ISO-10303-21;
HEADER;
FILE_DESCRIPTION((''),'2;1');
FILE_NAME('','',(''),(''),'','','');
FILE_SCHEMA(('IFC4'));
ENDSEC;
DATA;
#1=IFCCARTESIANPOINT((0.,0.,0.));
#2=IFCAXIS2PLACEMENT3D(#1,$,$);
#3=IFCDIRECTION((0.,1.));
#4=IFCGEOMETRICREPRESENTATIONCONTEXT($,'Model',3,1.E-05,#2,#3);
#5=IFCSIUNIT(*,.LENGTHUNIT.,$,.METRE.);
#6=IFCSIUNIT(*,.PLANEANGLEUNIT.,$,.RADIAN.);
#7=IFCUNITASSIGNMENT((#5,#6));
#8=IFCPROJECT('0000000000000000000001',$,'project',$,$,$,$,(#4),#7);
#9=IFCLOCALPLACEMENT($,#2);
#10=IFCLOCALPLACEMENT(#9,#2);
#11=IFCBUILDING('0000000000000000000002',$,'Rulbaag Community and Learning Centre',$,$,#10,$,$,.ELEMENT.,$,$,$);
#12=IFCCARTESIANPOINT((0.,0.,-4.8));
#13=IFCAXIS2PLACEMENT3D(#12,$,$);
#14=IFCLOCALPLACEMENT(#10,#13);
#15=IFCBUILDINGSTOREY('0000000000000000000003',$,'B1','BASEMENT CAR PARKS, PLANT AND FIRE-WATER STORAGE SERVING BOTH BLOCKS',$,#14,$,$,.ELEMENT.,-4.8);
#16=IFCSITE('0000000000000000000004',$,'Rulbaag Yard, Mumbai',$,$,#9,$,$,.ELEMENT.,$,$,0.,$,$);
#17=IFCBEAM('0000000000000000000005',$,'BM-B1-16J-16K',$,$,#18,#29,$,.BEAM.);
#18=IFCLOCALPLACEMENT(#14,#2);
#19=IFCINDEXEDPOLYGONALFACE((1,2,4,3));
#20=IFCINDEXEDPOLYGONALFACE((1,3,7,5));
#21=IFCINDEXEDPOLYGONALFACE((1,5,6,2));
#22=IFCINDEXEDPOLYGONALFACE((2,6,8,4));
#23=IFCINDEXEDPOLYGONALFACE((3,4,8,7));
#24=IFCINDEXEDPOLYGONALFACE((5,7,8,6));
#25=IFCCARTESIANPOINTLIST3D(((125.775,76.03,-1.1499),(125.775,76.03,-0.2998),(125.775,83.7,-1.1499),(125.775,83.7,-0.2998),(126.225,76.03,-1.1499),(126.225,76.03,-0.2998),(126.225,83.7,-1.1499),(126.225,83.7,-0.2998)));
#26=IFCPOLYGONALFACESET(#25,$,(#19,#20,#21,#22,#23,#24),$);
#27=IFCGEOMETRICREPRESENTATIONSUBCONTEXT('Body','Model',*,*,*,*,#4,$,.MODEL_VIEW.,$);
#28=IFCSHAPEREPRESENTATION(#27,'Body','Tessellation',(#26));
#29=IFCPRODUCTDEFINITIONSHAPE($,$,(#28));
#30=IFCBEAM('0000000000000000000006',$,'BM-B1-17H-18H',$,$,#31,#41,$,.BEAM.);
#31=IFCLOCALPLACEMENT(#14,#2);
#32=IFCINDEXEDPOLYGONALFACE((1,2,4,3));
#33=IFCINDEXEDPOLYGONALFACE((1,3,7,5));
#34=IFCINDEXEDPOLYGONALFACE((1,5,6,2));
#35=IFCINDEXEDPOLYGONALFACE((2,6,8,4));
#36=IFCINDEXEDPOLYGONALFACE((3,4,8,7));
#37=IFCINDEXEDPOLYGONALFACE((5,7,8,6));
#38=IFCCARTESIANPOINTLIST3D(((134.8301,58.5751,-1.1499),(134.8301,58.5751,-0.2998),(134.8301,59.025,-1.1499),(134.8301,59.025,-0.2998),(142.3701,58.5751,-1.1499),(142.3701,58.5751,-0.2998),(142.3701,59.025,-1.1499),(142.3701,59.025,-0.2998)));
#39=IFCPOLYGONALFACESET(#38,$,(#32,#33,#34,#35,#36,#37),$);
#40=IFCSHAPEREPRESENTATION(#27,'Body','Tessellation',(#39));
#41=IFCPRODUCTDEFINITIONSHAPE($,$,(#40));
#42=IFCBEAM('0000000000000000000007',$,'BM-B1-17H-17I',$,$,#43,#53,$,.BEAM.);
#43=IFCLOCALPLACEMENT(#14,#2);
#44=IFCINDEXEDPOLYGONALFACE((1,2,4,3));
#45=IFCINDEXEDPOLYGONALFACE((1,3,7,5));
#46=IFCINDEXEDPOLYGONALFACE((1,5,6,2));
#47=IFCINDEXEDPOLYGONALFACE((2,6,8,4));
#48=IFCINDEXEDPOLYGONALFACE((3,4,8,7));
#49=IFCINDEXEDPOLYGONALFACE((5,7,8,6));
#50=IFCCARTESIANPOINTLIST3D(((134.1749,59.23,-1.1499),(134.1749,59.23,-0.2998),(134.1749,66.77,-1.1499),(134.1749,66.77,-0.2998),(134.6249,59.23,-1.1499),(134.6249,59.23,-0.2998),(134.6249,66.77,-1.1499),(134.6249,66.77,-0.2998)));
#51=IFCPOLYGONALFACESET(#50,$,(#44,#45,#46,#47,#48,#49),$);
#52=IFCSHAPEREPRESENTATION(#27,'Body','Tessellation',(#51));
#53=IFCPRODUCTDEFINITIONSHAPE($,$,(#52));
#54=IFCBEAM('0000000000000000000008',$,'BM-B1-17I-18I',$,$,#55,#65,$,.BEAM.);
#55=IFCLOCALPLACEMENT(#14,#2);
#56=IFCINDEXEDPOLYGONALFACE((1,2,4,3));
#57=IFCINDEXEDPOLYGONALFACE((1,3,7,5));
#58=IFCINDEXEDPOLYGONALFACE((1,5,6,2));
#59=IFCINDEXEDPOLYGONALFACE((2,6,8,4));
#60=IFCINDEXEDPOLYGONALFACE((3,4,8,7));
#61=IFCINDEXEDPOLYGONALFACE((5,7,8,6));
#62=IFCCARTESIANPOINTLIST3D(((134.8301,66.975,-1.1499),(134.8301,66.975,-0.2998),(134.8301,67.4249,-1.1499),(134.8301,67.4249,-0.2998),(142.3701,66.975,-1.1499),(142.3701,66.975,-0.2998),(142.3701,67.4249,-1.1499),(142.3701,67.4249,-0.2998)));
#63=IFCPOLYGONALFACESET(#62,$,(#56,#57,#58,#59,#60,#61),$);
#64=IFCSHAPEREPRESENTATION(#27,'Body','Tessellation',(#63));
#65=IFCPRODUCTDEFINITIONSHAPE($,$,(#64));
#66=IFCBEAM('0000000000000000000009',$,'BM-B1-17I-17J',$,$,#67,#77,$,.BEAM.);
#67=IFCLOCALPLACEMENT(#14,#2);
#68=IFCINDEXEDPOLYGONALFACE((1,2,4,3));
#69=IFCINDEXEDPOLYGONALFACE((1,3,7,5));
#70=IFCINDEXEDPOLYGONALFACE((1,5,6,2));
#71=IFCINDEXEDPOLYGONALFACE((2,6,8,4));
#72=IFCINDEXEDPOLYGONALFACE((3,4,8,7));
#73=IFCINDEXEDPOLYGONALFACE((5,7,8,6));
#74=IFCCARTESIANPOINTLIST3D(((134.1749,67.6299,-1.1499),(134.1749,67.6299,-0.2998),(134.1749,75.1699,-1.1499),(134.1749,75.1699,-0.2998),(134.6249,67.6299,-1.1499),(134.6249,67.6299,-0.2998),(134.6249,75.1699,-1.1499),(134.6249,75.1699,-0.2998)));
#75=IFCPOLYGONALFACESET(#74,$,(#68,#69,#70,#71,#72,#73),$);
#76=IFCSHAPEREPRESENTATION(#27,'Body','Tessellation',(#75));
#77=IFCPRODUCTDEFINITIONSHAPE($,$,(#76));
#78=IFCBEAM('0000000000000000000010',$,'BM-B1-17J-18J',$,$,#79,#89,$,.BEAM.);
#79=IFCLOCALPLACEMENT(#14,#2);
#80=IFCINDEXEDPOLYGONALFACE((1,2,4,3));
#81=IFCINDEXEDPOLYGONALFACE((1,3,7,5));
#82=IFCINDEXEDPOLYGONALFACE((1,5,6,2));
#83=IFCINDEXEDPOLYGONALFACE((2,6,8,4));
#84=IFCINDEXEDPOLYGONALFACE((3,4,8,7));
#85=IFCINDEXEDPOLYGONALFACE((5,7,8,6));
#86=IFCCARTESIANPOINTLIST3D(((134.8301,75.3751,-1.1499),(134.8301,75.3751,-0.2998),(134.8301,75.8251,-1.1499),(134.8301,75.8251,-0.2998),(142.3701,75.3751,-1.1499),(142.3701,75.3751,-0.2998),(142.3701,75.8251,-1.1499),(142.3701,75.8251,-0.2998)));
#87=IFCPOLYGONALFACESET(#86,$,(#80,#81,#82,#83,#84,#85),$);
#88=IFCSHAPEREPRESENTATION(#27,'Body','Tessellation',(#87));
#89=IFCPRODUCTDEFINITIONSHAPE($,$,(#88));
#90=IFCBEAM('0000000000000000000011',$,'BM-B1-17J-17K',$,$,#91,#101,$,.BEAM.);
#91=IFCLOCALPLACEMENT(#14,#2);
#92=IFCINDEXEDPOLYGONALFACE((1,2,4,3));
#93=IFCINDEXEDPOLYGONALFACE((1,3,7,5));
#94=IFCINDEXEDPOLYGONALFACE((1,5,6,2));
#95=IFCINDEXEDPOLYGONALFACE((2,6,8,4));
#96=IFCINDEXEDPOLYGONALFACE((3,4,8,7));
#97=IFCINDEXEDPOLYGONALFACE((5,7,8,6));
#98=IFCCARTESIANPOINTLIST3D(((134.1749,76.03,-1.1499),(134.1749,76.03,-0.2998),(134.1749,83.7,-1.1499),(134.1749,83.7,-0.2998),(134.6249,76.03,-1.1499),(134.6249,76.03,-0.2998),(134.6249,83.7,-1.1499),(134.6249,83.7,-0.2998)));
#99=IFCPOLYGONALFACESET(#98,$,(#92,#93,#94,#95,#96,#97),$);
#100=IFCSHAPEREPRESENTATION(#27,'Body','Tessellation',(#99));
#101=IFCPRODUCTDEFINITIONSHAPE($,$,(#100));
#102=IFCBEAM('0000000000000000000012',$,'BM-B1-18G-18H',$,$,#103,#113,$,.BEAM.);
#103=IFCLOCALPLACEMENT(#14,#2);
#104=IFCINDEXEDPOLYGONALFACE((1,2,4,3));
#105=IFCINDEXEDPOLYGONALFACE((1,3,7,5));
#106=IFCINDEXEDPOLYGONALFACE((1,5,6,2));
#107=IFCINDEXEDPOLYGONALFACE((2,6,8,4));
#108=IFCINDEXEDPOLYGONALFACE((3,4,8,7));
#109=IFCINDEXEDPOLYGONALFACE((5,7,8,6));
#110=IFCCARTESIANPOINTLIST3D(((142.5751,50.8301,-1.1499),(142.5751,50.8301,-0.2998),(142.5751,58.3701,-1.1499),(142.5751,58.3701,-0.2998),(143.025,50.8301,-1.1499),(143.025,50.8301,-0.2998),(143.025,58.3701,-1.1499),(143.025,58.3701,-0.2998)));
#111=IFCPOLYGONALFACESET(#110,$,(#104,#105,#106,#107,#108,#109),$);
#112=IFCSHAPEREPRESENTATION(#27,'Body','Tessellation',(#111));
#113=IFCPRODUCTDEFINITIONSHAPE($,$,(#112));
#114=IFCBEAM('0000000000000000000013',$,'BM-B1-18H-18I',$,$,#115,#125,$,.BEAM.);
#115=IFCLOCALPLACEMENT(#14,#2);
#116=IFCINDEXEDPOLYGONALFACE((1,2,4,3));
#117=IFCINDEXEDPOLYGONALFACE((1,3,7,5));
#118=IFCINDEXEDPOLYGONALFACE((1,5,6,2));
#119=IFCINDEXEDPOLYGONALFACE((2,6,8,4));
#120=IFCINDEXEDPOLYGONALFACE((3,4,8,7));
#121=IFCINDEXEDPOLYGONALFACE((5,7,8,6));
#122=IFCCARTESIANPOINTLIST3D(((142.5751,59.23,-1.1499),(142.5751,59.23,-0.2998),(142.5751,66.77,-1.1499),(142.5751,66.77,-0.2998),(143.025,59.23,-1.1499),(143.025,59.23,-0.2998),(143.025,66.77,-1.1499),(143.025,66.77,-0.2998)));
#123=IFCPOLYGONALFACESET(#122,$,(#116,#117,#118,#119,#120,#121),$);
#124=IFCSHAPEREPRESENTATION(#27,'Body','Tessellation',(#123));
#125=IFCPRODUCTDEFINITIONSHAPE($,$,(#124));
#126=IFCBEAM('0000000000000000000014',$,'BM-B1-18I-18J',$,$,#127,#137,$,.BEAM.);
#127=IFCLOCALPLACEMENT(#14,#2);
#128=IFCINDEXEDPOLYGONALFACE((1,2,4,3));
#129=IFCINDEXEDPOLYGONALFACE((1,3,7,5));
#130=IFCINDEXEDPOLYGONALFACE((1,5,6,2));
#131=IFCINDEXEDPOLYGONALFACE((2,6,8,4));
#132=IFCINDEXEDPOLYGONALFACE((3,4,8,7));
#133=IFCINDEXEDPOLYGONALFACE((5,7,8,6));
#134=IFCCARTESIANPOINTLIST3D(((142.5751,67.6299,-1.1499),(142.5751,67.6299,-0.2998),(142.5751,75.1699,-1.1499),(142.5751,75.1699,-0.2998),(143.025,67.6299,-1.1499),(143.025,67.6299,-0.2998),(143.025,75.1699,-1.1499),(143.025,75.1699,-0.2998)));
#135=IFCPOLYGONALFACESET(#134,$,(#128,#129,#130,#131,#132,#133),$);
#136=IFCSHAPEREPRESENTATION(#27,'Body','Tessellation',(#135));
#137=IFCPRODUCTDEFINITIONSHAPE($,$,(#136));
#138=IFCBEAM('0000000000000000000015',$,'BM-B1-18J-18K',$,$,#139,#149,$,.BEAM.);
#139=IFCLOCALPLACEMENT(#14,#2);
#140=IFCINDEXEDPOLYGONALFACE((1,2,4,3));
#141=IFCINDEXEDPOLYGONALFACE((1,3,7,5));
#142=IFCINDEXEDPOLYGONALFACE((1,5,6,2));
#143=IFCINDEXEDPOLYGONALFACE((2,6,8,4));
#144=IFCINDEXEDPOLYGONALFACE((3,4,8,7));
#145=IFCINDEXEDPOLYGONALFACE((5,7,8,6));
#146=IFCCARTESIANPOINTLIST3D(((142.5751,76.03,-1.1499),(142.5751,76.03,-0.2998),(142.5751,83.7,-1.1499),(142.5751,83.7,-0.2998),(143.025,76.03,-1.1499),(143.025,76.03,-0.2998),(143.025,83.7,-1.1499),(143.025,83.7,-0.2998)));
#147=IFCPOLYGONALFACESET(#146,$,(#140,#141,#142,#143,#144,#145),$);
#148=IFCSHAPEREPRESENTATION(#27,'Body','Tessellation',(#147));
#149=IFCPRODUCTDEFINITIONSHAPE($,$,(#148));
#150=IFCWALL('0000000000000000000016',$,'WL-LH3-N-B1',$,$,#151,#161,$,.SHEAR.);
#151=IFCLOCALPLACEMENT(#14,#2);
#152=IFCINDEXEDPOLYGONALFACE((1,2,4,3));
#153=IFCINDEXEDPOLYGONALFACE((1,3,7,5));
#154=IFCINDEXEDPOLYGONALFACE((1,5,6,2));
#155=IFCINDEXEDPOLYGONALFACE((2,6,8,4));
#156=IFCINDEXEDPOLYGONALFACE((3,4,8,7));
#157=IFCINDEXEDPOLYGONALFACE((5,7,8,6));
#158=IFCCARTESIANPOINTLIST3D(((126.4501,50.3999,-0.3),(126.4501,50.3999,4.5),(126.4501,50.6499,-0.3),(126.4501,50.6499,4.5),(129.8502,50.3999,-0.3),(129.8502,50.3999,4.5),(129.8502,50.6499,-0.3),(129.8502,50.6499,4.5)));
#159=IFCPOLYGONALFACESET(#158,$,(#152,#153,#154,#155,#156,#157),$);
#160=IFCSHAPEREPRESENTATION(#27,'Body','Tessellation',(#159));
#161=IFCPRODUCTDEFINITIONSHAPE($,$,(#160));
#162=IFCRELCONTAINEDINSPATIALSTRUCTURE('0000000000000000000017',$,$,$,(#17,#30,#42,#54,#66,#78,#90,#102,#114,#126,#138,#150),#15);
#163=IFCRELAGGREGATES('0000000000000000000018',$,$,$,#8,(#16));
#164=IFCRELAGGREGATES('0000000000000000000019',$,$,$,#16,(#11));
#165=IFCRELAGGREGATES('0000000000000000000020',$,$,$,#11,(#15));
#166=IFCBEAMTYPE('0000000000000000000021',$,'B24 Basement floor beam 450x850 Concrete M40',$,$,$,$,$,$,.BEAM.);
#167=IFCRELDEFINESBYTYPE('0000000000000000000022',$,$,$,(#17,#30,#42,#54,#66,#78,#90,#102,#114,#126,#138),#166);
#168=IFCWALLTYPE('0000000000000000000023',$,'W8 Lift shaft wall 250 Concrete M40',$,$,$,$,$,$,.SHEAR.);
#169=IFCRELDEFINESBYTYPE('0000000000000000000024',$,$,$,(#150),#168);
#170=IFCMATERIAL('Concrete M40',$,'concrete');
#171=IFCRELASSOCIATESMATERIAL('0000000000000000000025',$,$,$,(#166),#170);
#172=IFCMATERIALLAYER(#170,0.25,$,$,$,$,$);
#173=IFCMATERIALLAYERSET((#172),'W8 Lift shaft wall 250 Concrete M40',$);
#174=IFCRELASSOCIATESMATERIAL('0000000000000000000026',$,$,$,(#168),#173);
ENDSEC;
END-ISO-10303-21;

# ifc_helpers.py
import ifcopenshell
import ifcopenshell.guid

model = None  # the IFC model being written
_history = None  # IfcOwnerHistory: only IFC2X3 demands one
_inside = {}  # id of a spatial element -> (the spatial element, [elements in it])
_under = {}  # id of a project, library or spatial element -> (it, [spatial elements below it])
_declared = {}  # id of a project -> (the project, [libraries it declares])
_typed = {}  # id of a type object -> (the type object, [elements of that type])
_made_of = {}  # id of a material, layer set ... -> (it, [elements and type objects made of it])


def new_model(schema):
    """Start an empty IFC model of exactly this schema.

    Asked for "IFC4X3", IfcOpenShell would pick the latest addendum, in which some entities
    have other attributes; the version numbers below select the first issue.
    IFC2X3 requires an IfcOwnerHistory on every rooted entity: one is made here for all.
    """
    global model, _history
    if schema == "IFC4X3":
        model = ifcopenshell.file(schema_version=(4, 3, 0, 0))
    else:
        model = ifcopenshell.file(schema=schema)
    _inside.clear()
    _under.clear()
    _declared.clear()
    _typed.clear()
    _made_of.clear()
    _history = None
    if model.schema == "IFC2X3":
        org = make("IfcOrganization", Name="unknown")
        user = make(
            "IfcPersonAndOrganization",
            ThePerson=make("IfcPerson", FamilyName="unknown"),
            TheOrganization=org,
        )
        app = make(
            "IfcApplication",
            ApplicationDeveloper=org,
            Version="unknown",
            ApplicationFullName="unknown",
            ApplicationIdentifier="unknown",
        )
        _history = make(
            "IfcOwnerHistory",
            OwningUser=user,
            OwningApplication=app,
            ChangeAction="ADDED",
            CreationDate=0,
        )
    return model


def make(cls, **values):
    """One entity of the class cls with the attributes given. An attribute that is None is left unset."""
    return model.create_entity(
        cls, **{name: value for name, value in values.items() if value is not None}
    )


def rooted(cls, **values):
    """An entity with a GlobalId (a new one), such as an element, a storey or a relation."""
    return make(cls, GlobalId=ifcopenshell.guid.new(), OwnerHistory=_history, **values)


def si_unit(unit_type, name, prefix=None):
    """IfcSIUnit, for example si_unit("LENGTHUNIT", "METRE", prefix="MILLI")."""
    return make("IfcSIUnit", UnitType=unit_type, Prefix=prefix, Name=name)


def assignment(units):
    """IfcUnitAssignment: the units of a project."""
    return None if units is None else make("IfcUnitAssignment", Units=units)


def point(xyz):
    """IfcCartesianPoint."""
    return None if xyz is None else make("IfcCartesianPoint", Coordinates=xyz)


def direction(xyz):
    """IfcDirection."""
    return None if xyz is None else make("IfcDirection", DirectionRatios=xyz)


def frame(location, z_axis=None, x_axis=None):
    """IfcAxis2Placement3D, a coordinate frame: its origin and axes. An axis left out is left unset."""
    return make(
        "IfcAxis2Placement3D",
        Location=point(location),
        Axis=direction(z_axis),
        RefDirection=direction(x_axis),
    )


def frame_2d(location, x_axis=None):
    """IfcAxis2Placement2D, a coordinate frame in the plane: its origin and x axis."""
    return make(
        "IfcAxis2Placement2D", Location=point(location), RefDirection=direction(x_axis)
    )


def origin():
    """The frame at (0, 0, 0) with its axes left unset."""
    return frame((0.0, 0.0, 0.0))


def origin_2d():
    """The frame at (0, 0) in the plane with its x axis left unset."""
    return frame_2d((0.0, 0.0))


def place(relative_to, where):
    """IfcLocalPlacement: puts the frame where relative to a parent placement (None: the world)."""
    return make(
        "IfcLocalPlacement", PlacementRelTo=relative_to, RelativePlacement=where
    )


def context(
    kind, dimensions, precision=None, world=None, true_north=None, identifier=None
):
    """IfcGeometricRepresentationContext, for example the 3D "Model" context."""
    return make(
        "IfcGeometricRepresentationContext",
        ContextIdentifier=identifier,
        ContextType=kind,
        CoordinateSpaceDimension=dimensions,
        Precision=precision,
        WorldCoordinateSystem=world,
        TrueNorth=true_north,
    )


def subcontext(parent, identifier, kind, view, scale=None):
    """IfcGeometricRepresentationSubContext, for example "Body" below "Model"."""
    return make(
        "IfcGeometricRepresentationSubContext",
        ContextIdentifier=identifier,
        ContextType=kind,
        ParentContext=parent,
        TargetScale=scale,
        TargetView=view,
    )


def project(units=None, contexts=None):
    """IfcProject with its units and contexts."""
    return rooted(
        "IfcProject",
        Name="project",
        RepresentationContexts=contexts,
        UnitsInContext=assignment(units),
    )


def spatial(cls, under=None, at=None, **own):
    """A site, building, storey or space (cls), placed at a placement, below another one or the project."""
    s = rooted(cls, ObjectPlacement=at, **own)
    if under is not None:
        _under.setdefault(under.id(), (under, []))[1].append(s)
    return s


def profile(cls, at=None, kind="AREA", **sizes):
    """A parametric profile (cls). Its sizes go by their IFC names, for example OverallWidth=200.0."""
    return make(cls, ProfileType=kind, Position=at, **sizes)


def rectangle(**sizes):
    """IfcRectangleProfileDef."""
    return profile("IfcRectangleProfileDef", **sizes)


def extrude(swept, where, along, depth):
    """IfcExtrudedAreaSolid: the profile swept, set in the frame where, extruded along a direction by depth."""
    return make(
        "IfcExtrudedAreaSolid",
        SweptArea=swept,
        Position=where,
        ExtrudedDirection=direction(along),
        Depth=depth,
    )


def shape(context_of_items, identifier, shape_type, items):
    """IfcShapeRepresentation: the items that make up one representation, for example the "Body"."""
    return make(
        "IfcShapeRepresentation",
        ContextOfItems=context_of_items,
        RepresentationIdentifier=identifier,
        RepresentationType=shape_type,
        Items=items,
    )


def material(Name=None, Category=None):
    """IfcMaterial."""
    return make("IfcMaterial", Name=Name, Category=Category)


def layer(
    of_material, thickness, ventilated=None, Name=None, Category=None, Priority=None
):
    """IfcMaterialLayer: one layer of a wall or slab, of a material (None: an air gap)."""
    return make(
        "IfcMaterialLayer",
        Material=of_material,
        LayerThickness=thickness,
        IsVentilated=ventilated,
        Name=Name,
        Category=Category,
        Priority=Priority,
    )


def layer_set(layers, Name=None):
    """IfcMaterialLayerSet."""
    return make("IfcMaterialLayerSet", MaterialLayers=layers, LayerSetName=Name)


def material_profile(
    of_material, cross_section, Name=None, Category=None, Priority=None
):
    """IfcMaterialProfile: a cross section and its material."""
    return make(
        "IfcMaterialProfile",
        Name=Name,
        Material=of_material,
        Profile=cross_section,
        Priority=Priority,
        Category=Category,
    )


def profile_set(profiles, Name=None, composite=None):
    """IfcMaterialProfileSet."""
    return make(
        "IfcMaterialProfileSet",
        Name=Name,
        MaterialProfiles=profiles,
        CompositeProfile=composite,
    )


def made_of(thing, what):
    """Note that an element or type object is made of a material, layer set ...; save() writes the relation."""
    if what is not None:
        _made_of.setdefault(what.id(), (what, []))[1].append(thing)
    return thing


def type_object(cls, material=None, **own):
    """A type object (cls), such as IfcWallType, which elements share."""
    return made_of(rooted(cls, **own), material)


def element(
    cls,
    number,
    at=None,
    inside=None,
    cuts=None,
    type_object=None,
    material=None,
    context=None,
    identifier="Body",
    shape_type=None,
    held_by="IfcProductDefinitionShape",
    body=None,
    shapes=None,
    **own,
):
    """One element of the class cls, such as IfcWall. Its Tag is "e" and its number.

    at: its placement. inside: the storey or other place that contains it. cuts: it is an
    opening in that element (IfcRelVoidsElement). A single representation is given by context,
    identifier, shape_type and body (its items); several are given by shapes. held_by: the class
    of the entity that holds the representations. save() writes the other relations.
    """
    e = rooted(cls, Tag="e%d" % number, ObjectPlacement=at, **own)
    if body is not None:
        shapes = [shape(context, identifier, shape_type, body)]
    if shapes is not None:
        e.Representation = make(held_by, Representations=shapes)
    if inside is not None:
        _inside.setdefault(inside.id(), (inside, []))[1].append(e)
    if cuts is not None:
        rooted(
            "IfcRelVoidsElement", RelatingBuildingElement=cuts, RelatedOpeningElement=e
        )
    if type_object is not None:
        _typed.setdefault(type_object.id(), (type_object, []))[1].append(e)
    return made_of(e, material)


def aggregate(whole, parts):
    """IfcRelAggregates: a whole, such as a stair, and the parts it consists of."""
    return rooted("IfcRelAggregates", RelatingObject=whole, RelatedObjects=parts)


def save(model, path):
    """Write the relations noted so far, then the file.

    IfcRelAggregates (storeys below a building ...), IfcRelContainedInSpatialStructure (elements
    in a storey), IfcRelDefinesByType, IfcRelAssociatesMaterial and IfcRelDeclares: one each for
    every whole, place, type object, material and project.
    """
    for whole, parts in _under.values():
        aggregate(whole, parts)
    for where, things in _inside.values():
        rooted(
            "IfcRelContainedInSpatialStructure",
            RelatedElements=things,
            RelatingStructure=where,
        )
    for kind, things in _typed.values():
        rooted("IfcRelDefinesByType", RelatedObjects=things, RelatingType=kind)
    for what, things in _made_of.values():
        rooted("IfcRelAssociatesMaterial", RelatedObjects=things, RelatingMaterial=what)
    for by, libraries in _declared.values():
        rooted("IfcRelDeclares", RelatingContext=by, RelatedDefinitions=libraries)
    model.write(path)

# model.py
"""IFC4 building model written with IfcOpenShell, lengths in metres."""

from ifc_helpers import new_model, si_unit, direction, frame, frame_2d, origin, origin_2d, place, context, subcontext, project, spatial, rectangle, extrude, material, layer, layer_set, material_profile, profile_set, type_object, element, save


model = new_model("IFC4")

# Units and contexts
model_context = context("Model", 3, precision=1e-05, world=origin(), true_north=direction((0.0, 1.0)))
body_context = subcontext(model_context, "Body", "Model", "MODEL_VIEW")
ifc_project = project(units=[si_unit("LENGTHUNIT", "METRE"), si_unit("PLANEANGLEUNIT", "RADIAN")], contexts=[model_context])

# Site, building, storey
site_placement = place(None, origin())
site = spatial("IfcSite", under=ifc_project, at=site_placement, Name="Rulbaag Yard, Mumbai", CompositionType="ELEMENT", RefElevation=0.0)
building_placement = place(site_placement, origin())
building = spatial("IfcBuilding", under=site, at=building_placement, Name="Rulbaag Community and Learning Centre", CompositionType="ELEMENT")
storey_placement = place(building_placement, frame((0.0, 0.0, -4.8)))
storey = spatial("IfcBuildingStorey", under=building, at=storey_placement, Name="B1", Description="BASEMENT CAR PARKS, PLANT AND FIRE-WATER STORAGE SERVING BOTH BLOCKS", CompositionType="ELEMENT", Elevation=-4.8)

# Beams
ifc_material_1 = material(Name="Concrete M40", Category="concrete")
ifc_material_profile_1 = material_profile(ifc_material_1, rectangle(XDim=0.45, YDim=0.8501, at=origin_2d()), Name="RB450x850")
ifc_profile_set_1 = profile_set([ifc_material_profile_1], Name="Concrete M40")
beam_type = type_object("IfcBeamType", Name="B24 Basement floor beam 450x850 Concrete M40", PredefinedType="BEAM", material=ifc_profile_set_1)
beam_1_placement = place(storey_placement, frame((126.0, 76.03, -0.7249), z_axis=(0.0, 1.0, 0.0), x_axis=(-1.0, 0.0, 0.0)))
element("IfcBeam", 1, at=beam_1_placement, inside=storey, type_object=beam_type, Name="BM-B1-16J-16K", PredefinedType="BEAM", context=body_context, shape_type="SweptSolid", body=[
    extrude(rectangle(XDim=0.45, YDim=0.8501, at=origin_2d()), origin(), (0.0, 0.0, 1.0), 7.6699),
])
for number, where, z_axis, x_axis, name in (
    (2, (134.8301, 58.8, -0.7249), (1.0, 0.0, 0.0), (0.0, 1.0, 0.0), "BM-B1-17H-18H"),
    (3, (134.3999, 59.23, -0.7249), (0.0, 1.0, 0.0), (-1.0, 0.0, 0.0), "BM-B1-17H-17I"),
    (4, (134.8301, 67.2, -0.7249), (1.0, 0.0, 0.0), (0.0, 1.0, 0.0), "BM-B1-17I-18I"),
    (5, (134.3999, 67.6299, -0.7249), (0.0, 1.0, 0.0), (-1.0, 0.0, 0.0), "BM-B1-17I-17J"),
    (6, (134.8301, 75.6001, -0.7249), (1.0, 0.0, 0.0), (0.0, 1.0, 0.0), "BM-B1-17J-18J"),
):
    element("IfcBeam", number, at=place(storey_placement, frame(where, z_axis=z_axis, x_axis=x_axis)), inside=storey, type_object=beam_type, Name=name, PredefinedType="BEAM", context=body_context, shape_type="SweptSolid", body=[
        extrude(rectangle(XDim=0.45, YDim=0.8501, at=origin_2d()), origin(), (0.0, 0.0, 1.0), 7.54),
    ])
beam_2_placement = place(storey_placement, frame((134.3999, 76.03, -0.7249), z_axis=(0.0, 1.0, 0.0), x_axis=(-1.0, 0.0, 0.0)))
element("IfcBeam", 7, at=beam_2_placement, inside=storey, type_object=beam_type, Name="BM-B1-17J-17K", PredefinedType="BEAM", context=body_context, shape_type="SweptSolid", body=[
    extrude(rectangle(XDim=0.45, YDim=0.8501, at=origin_2d()), origin(), (0.0, 0.0, 1.0), 7.6699),
])
for number, where, z_axis, x_axis, name in (
    (8, (142.8, 50.8301, -0.7249), (0.0, 1.0, 0.0), (-1.0, 0.0, 0.0), "BM-B1-18G-18H"),
    (9, (142.8, 59.23, -0.7249), (0.0, 1.0, 0.0), (-1.0, 0.0, 0.0), "BM-B1-18H-18I"),
    (10, (142.8, 67.6299, -0.7249), (0.0, 1.0, 0.0), (-1.0, 0.0, 0.0), "BM-B1-18I-18J"),
):
    element("IfcBeam", number, at=place(storey_placement, frame(where, z_axis=z_axis, x_axis=x_axis)), inside=storey, type_object=beam_type, Name=name, PredefinedType="BEAM", context=body_context, shape_type="SweptSolid", body=[
        extrude(rectangle(XDim=0.45, YDim=0.8501, at=origin_2d()), origin(), (0.0, 0.0, 1.0), 7.54),
    ])
beam_3_placement = place(storey_placement, frame((142.8, 76.03, -0.7249), z_axis=(0.0, 1.0, 0.0), x_axis=(-1.0, 0.0, 0.0)))
element("IfcBeam", 11, at=beam_3_placement, inside=storey, type_object=beam_type, Name="BM-B1-18J-18K", PredefinedType="BEAM", context=body_context, shape_type="SweptSolid", body=[
    extrude(rectangle(XDim=0.45, YDim=0.8501, at=origin_2d()), origin(), (0.0, 0.0, 1.0), 7.6699),
])

# Wall
ifc_layer = layer(ifc_material_1, 0.25)
ifc_layer_set = layer_set([ifc_layer], Name="W8 Lift shaft wall 250 Concrete M40")
wall_type = type_object("IfcWallType", Name="W8 Lift shaft wall 250 Concrete M40", PredefinedType="SHEAR", material=ifc_layer_set)
wall_placement = place(storey_placement, frame((126.45, 50.5249, -0.3), z_axis=(0.0, 0.0, 1.0), x_axis=(1.0, 0.0, 0.0)))
element("IfcWall", 12, at=wall_placement, inside=storey, type_object=wall_type, Name="WL-LH3-N-B1", PredefinedType="SHEAR", context=body_context, shape_type="SweptSolid", body=[
    extrude(rectangle(XDim=3.4001, YDim=0.25, at=frame_2d((1.7002, 0.0))), origin(), (0.0, 0.0, 1.0), 4.8),
])

save(model, "model.ifc")
